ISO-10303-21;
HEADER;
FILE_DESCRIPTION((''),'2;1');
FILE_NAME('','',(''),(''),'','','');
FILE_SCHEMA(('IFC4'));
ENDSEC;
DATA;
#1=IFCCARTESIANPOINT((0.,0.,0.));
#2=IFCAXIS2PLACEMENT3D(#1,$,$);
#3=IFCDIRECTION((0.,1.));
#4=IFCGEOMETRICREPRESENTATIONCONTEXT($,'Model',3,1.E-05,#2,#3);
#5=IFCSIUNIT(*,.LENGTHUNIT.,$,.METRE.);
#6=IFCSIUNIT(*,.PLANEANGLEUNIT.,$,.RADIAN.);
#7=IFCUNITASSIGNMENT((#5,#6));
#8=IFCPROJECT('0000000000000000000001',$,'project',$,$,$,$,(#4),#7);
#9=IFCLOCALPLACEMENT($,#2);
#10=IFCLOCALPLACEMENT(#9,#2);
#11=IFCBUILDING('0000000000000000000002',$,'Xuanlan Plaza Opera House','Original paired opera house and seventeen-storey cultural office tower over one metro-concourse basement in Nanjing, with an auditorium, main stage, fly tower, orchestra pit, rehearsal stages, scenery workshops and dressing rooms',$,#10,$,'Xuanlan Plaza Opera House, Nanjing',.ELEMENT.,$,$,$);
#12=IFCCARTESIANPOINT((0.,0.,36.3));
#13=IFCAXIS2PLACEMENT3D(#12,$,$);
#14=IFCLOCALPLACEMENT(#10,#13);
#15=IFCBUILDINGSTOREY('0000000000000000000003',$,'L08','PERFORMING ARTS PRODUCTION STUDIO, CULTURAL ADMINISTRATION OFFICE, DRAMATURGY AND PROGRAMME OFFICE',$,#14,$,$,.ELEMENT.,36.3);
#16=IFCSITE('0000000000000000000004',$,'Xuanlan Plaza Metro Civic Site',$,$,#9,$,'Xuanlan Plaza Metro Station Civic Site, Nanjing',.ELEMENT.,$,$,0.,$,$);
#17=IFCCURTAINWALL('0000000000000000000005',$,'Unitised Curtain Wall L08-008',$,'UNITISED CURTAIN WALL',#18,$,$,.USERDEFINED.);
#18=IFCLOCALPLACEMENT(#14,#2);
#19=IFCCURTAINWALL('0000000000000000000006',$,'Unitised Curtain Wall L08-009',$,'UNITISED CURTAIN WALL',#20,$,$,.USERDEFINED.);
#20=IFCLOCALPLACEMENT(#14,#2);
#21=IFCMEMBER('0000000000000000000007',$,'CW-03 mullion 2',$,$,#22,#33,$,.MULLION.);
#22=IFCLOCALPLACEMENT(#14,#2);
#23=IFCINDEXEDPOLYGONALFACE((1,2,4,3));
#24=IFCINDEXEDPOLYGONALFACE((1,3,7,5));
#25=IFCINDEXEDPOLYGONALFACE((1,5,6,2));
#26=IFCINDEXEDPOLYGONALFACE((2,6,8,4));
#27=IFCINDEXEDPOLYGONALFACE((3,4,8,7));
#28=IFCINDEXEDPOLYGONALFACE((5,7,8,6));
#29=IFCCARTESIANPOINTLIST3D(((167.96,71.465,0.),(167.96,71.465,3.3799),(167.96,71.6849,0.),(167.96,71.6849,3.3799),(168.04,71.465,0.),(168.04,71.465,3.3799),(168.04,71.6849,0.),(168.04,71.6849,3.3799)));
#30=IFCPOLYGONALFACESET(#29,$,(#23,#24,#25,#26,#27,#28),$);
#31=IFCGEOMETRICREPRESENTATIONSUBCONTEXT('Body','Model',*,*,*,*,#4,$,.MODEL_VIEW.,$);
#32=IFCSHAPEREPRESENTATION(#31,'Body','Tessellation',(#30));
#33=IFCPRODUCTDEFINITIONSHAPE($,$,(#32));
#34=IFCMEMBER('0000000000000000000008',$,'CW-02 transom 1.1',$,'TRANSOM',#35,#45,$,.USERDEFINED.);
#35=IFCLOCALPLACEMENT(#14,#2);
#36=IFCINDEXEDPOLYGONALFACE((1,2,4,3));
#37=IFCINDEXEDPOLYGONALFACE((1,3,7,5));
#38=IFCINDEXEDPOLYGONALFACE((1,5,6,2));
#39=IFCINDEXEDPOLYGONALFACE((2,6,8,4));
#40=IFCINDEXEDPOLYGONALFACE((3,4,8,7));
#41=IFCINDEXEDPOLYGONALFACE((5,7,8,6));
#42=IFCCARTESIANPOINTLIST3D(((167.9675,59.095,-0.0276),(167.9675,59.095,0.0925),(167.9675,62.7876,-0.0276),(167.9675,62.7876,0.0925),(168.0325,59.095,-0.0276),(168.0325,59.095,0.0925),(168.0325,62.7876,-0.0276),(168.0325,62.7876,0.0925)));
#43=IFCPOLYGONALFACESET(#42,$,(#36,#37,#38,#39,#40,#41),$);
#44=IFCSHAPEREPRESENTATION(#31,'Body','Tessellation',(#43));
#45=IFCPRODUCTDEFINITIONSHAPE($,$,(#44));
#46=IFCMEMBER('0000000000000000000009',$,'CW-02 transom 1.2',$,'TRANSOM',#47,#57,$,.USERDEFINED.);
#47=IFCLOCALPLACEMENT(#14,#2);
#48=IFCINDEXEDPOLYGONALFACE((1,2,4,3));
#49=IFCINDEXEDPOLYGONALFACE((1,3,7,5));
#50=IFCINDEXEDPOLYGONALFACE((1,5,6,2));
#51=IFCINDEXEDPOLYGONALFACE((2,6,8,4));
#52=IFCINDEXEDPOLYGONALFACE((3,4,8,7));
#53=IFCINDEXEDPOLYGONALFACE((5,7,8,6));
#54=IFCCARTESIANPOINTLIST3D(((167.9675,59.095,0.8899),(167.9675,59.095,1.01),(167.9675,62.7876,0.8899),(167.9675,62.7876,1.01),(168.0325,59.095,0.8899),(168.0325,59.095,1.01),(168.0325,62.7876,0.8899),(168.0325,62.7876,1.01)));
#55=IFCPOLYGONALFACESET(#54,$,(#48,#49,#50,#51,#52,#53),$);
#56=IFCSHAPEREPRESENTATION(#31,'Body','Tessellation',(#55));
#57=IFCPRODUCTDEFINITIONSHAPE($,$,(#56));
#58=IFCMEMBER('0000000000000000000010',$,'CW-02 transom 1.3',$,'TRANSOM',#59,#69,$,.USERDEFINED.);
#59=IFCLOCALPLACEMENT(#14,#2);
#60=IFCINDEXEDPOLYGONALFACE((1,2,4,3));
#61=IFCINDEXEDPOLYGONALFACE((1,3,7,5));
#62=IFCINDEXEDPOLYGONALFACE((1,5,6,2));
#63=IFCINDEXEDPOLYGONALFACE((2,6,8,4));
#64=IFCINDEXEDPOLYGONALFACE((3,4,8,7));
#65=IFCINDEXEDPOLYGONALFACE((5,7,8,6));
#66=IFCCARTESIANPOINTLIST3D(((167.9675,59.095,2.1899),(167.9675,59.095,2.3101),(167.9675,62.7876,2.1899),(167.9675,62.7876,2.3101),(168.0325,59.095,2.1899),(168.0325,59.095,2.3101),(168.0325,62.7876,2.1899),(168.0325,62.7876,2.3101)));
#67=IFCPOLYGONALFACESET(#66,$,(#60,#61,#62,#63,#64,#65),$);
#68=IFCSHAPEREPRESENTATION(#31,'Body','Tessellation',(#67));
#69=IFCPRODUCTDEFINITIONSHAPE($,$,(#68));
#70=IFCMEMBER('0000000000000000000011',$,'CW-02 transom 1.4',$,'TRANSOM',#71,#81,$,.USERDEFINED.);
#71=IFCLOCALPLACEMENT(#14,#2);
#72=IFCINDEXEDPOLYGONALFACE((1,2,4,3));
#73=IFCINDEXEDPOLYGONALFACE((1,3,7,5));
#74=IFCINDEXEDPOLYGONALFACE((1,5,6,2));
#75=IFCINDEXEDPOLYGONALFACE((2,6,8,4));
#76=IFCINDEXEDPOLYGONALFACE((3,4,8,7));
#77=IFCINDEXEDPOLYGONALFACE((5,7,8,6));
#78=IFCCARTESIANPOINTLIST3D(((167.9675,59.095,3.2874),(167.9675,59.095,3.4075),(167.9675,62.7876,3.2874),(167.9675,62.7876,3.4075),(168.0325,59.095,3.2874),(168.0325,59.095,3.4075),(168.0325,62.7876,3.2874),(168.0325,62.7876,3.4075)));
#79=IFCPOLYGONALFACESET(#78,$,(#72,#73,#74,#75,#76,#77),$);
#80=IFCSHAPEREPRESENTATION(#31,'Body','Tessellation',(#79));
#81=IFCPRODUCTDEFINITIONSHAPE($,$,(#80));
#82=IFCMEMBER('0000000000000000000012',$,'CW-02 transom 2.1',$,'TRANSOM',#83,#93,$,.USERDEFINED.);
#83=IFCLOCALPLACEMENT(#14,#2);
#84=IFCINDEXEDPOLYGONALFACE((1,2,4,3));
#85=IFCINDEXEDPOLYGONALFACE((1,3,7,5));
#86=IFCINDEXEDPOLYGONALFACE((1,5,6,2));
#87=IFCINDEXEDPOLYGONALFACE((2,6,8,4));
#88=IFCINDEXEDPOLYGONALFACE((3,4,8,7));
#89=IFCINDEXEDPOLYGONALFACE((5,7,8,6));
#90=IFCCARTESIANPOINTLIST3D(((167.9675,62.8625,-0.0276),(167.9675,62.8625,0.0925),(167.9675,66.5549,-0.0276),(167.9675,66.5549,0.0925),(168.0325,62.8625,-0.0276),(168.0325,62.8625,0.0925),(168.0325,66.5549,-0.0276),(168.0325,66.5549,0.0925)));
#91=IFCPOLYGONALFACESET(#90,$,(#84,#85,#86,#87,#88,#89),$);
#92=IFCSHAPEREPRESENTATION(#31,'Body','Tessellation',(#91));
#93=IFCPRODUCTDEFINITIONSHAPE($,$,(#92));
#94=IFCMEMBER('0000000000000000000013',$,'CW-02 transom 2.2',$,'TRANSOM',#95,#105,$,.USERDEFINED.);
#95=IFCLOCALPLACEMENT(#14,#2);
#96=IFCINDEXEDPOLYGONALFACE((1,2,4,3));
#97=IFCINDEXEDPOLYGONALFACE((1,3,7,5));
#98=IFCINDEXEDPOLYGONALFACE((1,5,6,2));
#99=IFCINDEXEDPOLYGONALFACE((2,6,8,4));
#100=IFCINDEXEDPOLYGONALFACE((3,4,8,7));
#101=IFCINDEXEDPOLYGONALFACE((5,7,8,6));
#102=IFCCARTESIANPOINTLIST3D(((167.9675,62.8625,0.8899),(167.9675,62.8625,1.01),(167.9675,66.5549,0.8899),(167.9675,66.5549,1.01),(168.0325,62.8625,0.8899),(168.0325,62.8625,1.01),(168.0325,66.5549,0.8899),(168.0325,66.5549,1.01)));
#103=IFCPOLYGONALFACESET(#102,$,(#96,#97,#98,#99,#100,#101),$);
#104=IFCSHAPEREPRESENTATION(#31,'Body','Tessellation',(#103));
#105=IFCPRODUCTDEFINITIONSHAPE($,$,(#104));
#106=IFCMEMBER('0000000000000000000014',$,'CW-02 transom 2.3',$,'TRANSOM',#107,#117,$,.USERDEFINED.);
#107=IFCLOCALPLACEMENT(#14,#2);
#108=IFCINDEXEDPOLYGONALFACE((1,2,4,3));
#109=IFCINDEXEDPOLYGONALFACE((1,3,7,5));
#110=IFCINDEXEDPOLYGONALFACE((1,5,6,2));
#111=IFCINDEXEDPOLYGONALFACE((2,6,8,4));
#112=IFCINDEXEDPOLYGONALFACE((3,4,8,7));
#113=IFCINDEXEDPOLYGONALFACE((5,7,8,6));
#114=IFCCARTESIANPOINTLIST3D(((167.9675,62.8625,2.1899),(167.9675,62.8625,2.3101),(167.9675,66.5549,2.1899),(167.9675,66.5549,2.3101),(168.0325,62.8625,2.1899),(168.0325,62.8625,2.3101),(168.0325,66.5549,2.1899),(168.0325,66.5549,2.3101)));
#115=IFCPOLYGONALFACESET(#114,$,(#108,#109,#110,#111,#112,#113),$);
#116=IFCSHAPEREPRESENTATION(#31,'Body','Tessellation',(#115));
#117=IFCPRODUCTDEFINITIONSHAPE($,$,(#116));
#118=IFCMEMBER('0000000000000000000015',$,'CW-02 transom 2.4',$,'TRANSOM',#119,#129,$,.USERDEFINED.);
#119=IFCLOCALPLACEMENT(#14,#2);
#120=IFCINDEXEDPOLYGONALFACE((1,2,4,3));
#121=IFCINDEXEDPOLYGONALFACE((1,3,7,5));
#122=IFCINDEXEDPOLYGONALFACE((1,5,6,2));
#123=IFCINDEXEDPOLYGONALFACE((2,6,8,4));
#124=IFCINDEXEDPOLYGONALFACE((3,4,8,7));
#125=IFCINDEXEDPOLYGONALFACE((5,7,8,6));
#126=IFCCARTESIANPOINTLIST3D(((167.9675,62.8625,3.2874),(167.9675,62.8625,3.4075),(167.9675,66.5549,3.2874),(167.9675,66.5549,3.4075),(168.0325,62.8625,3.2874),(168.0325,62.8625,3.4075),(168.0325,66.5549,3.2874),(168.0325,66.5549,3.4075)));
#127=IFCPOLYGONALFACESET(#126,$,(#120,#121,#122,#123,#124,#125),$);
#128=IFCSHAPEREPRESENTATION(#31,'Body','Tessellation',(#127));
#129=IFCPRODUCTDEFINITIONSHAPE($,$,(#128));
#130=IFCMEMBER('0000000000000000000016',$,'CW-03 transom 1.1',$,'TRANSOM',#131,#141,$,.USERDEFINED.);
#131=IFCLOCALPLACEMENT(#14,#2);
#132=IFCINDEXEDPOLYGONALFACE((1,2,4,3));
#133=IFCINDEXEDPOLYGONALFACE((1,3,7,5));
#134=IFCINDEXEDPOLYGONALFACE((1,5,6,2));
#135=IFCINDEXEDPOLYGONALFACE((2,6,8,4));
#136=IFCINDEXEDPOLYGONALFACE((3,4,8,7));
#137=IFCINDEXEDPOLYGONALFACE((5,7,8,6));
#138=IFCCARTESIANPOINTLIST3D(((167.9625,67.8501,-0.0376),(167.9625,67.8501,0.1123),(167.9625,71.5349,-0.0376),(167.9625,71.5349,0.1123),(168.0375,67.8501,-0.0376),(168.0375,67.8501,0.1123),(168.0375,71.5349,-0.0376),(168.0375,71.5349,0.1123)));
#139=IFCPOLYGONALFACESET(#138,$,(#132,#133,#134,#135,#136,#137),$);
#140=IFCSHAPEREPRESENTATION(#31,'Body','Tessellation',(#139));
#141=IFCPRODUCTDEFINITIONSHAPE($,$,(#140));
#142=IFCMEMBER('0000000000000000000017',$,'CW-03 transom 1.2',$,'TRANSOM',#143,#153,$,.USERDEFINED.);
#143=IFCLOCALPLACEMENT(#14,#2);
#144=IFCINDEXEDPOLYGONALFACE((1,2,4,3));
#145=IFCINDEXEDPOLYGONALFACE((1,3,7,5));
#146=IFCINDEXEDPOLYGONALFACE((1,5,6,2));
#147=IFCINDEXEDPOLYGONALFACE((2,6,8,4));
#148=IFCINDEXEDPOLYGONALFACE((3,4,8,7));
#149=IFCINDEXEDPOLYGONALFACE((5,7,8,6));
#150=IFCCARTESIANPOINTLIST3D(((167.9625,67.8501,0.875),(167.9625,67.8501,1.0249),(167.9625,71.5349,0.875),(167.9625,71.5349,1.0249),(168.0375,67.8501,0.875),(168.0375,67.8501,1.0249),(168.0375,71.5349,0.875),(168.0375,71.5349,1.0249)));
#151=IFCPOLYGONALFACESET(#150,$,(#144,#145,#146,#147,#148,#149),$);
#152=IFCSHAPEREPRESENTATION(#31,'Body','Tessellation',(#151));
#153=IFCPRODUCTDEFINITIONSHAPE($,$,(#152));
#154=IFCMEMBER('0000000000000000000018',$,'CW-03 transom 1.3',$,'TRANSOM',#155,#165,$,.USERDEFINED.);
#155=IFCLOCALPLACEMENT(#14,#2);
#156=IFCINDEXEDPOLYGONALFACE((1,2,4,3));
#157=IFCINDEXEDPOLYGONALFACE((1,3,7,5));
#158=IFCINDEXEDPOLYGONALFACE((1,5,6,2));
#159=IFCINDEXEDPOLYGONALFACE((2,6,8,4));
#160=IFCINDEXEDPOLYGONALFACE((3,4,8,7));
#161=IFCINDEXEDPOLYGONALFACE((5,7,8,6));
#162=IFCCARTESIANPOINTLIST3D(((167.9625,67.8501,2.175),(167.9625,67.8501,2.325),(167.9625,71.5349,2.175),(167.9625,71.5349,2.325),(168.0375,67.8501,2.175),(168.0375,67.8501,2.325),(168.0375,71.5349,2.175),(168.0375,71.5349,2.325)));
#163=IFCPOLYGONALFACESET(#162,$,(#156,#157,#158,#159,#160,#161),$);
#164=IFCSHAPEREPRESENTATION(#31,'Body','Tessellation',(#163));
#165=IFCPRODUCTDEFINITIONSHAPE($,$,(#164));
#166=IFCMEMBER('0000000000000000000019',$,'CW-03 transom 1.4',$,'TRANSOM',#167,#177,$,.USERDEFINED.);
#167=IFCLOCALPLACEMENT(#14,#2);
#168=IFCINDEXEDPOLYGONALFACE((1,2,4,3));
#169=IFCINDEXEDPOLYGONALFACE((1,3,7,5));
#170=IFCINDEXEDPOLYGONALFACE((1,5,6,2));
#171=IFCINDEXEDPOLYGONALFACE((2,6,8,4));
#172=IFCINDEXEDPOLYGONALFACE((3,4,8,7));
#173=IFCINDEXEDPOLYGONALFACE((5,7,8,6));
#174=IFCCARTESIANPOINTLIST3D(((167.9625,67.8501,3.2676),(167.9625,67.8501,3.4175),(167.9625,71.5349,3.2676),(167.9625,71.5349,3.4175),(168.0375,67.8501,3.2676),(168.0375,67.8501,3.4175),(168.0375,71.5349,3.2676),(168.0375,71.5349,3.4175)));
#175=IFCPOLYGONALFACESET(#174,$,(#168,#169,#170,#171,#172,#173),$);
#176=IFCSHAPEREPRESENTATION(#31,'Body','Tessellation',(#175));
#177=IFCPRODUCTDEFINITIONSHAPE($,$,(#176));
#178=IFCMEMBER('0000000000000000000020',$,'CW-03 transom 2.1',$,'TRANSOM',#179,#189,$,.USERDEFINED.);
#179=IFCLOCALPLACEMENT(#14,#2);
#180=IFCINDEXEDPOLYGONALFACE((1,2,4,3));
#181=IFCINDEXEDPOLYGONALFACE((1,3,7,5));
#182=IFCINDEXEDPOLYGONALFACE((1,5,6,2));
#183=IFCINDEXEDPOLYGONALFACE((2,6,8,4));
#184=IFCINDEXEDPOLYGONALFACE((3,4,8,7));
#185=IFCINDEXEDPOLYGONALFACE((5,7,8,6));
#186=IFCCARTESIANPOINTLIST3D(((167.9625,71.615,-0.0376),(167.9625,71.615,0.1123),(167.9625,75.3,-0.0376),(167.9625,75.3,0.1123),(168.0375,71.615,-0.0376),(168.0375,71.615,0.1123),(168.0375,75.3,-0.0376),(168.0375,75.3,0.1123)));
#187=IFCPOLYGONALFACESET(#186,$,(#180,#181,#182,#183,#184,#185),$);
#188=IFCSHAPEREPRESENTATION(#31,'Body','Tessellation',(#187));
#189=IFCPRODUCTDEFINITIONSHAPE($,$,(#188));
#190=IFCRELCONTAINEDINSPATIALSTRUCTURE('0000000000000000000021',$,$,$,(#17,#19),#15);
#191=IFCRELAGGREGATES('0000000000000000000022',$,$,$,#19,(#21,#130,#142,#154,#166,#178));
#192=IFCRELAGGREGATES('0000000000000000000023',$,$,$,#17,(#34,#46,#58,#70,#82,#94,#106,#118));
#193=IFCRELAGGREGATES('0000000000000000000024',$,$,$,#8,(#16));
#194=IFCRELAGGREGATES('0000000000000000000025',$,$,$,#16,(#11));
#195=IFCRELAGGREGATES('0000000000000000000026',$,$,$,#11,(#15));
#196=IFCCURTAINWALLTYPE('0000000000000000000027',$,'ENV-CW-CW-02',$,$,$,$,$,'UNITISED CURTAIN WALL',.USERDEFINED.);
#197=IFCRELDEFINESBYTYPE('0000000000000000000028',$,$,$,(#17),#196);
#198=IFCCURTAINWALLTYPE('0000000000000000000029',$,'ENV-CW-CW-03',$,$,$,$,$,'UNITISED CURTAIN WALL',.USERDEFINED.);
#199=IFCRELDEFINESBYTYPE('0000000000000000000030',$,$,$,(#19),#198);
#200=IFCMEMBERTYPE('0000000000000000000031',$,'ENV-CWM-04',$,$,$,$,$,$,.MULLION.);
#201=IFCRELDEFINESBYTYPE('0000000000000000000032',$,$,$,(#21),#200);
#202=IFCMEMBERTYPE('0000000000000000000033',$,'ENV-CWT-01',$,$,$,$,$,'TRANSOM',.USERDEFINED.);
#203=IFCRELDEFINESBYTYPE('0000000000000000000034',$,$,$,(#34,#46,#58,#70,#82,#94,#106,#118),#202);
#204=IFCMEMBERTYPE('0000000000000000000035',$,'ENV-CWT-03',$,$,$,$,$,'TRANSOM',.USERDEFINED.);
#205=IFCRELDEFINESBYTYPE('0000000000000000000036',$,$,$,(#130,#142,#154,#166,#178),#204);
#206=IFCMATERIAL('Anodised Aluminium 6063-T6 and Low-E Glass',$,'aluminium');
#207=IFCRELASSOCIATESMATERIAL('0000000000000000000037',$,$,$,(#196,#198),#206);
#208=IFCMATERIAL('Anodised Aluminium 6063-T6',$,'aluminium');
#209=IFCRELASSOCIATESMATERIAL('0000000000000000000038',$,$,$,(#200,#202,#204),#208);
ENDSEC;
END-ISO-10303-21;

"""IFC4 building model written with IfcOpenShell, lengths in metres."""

from ifc_helpers import new_model, si_unit, direction, frame, origin, origin_2d, place, context, subcontext, project, spatial, rectangle, extrude, material, material_profile, profile_set, type_object, element, aggregate, save


model = new_model("IFC4")

# Units and contexts
model_context = context("Model", 3, precision=1e-05, world=origin(), true_north=direction((0.0, 1.0)))
body_context = subcontext(model_context, "Body", "Model", "MODEL_VIEW")
ifc_project = project(units=[si_unit("LENGTHUNIT", "METRE"), si_unit("PLANEANGLEUNIT", "RADIAN")], contexts=[model_context])

# Site, building, storey
site_placement = place(None, origin())
site = spatial("IfcSite", under=ifc_project, at=site_placement, Name="Xuanlan Plaza Metro Civic Site", LongName="Xuanlan Plaza Metro Station Civic Site, Nanjing", CompositionType="ELEMENT", RefElevation=0.0)
building_placement = place(site_placement, origin())
building = spatial("IfcBuilding", under=site, at=building_placement, Name="Xuanlan Plaza Opera House", Description="Original paired opera house and seventeen-storey cultural office tower over one metro-concourse basement in Nanjing, with an auditorium, main stage, fly tower, orchestra pit, rehearsal stages, scenery workshops and dressing rooms", LongName="Xuanlan Plaza Opera House, Nanjing", CompositionType="ELEMENT")
storey_placement = place(building_placement, frame((0.0, 0.0, 36.3)))
storey = spatial("IfcBuildingStorey", under=building, at=storey_placement, Name="L08", Description="PERFORMING ARTS PRODUCTION STUDIO, CULTURAL ADMINISTRATION OFFICE, DRAMATURGY AND PROGRAMME OFFICE", CompositionType="ELEMENT", Elevation=36.3)

# Shared definitions
ifc_material_1 = material(Name="Anodised Aluminium 6063-T6 and Low-E Glass", Category="aluminium")
ifc_material_2 = material(Name="Anodised Aluminium 6063-T6", Category="aluminium")

# Curtain walls, member
curtain_wall_type_1 = type_object("IfcCurtainWallType", Name="ENV-CW-CW-02", ElementType="UNITISED CURTAIN WALL", PredefinedType="USERDEFINED", material=ifc_material_1)
curtain_wall_1_placement = place(storey_placement, origin())
curtain_wall_1 = element("IfcCurtainWall", 1, at=curtain_wall_1_placement, inside=storey, type_object=curtain_wall_type_1, Name="Unitised Curtain Wall L08-008", ObjectType="UNITISED CURTAIN WALL", PredefinedType="USERDEFINED")
curtain_wall_type_2 = type_object("IfcCurtainWallType", Name="ENV-CW-CW-03", ElementType="UNITISED CURTAIN WALL", PredefinedType="USERDEFINED", material=ifc_material_1)
curtain_wall_2_placement = place(storey_placement, origin())
curtain_wall_2 = element("IfcCurtainWall", 2, at=curtain_wall_2_placement, inside=storey, type_object=curtain_wall_type_2, Name="Unitised Curtain Wall L08-009", ObjectType="UNITISED CURTAIN WALL", PredefinedType="USERDEFINED")
ifc_material_profile_1 = material_profile(ifc_material_2, rectangle(XDim=0.0801, YDim=0.22, at=origin_2d()), Name="ALU-M 80x220")
ifc_profile_set_1 = profile_set([ifc_material_profile_1], Name="Anodised Aluminium 6063-T6")
member_type_1 = type_object("IfcMemberType", Name="ENV-CWM-04", PredefinedType="MULLION", material=ifc_profile_set_1)
member_1_placement = place(storey_placement, frame((168.0, 71.575, 0.0), z_axis=(0.0, 0.0, 1.0), x_axis=(-1.0, 0.0, 0.0)))
member_1 = element("IfcMember", 3, at=member_1_placement, type_object=member_type_1, Name="CW-03 mullion 2", PredefinedType="MULLION", context=body_context, shape_type="SweptSolid", body=[
    extrude(rectangle(XDim=0.0801, YDim=0.22, at=origin_2d()), origin(), (0.0, 0.0, 1.0), 3.3799),
])

# Members
ifc_material_profile_2 = material_profile(ifc_material_2, rectangle(XDim=0.0649, YDim=0.1201, at=origin_2d()), Name="ALU-T 65x120")
ifc_profile_set_2 = profile_set([ifc_material_profile_2], Name="Anodised Aluminium 6063-T6")
member_type_2 = type_object("IfcMemberType", Name="ENV-CWT-01", ElementType="TRANSOM", PredefinedType="USERDEFINED", material=ifc_profile_set_2)
member_2_placement = place(storey_placement, frame((168.0, 59.095, 0.0325), z_axis=(0.0, 1.0, 0.0), x_axis=(-1.0, 0.0, 0.0)))
member_2 = element("IfcMember", 4, at=member_2_placement, type_object=member_type_2, Name="CW-02 transom 1.1", ObjectType="TRANSOM", PredefinedType="USERDEFINED", context=body_context, shape_type="SweptSolid", body=[
    extrude(rectangle(XDim=0.0649, YDim=0.1201, at=origin_2d()), origin(), (0.0, 0.0, 1.0), 3.6926),
])
member_3_placement = place(storey_placement, frame((168.0, 59.095, 0.95), z_axis=(0.0, 1.0, 0.0), x_axis=(-1.0, 0.0, 0.0)))
member_3 = element("IfcMember", 5, at=member_3_placement, type_object=member_type_2, Name="CW-02 transom 1.2", ObjectType="TRANSOM", PredefinedType="USERDEFINED", context=body_context, shape_type="SweptSolid", body=[
    extrude(rectangle(XDim=0.0649, YDim=0.1201, at=origin_2d()), origin(), (0.0, 0.0, 1.0), 3.6926),
])
member_4_placement = place(storey_placement, frame((168.0, 59.095, 2.25), z_axis=(0.0, 1.0, 0.0), x_axis=(-1.0, 0.0, 0.0)))
member_4 = element("IfcMember", 6, at=member_4_placement, type_object=member_type_2, Name="CW-02 transom 1.3", ObjectType="TRANSOM", PredefinedType="USERDEFINED", context=body_context, shape_type="SweptSolid", body=[
    extrude(rectangle(XDim=0.0649, YDim=0.1201, at=origin_2d()), origin(), (0.0, 0.0, 1.0), 3.6926),
])
member_5_placement = place(storey_placement, frame((168.0, 59.095, 3.3474), z_axis=(0.0, 1.0, 0.0), x_axis=(-1.0, 0.0, 0.0)))
member_5 = element("IfcMember", 7, at=member_5_placement, type_object=member_type_2, Name="CW-02 transom 1.4", ObjectType="TRANSOM", PredefinedType="USERDEFINED", context=body_context, shape_type="SweptSolid", body=[
    extrude(rectangle(XDim=0.0649, YDim=0.1201, at=origin_2d()), origin(), (0.0, 0.0, 1.0), 3.6926),
])
member_6_placement = place(storey_placement, frame((168.0, 62.8625, 0.0325), z_axis=(0.0, 1.0, 0.0), x_axis=(-1.0, 0.0, 0.0)))
member_6 = element("IfcMember", 8, at=member_6_placement, type_object=member_type_2, Name="CW-02 transom 2.1", ObjectType="TRANSOM", PredefinedType="USERDEFINED", context=body_context, shape_type="SweptSolid", body=[
    extrude(rectangle(XDim=0.0649, YDim=0.1201, at=origin_2d()), origin(), (0.0, 0.0, 1.0), 3.6924),
])
member_7_placement = place(storey_placement, frame((168.0, 62.8625, 0.95), z_axis=(0.0, 1.0, 0.0), x_axis=(-1.0, 0.0, 0.0)))
member_7 = element("IfcMember", 9, at=member_7_placement, type_object=member_type_2, Name="CW-02 transom 2.2", ObjectType="TRANSOM", PredefinedType="USERDEFINED", context=body_context, shape_type="SweptSolid", body=[
    extrude(rectangle(XDim=0.0649, YDim=0.1201, at=origin_2d()), origin(), (0.0, 0.0, 1.0), 3.6924),
])
member_8_placement = place(storey_placement, frame((168.0, 62.8625, 2.25), z_axis=(0.0, 1.0, 0.0), x_axis=(-1.0, 0.0, 0.0)))
member_8 = element("IfcMember", 10, at=member_8_placement, type_object=member_type_2, Name="CW-02 transom 2.3", ObjectType="TRANSOM", PredefinedType="USERDEFINED", context=body_context, shape_type="SweptSolid", body=[
    extrude(rectangle(XDim=0.0649, YDim=0.1201, at=origin_2d()), origin(), (0.0, 0.0, 1.0), 3.6924),
])
member_9_placement = place(storey_placement, frame((168.0, 62.8625, 3.3474), z_axis=(0.0, 1.0, 0.0), x_axis=(-1.0, 0.0, 0.0)))
member_9 = element("IfcMember", 11, at=member_9_placement, type_object=member_type_2, Name="CW-02 transom 2.4", ObjectType="TRANSOM", PredefinedType="USERDEFINED", context=body_context, shape_type="SweptSolid", body=[
    extrude(rectangle(XDim=0.0649, YDim=0.1201, at=origin_2d()), origin(), (0.0, 0.0, 1.0), 3.6924),
])
ifc_material_profile_3 = material_profile(ifc_material_2, rectangle(XDim=0.075, YDim=0.1499, at=origin_2d()), Name="ALU-T 75x150")
ifc_profile_set_3 = profile_set([ifc_material_profile_3], Name="Anodised Aluminium 6063-T6")
member_type_3 = type_object("IfcMemberType", Name="ENV-CWT-03", ElementType="TRANSOM", PredefinedType="USERDEFINED", material=ifc_profile_set_3)
member_10_placement = place(storey_placement, frame((168.0, 67.8501, 0.0374), z_axis=(0.0, 1.0, 0.0), x_axis=(-1.0, 0.0, 0.0)))
member_10 = element("IfcMember", 12, at=member_10_placement, type_object=member_type_3, Name="CW-03 transom 1.1", ObjectType="TRANSOM", PredefinedType="USERDEFINED", context=body_context, shape_type="SweptSolid", body=[
    extrude(rectangle(XDim=0.075, YDim=0.1499, at=origin_2d()), origin(), (0.0, 0.0, 1.0), 3.6848),
])
member_11_placement = place(storey_placement, frame((168.0, 67.8501, 0.95), z_axis=(0.0, 1.0, 0.0), x_axis=(-1.0, 0.0, 0.0)))
member_11 = element("IfcMember", 13, at=member_11_placement, type_object=member_type_3, Name="CW-03 transom 1.2", ObjectType="TRANSOM", PredefinedType="USERDEFINED", context=body_context, shape_type="SweptSolid", body=[
    extrude(rectangle(XDim=0.075, YDim=0.1499, at=origin_2d()), origin(), (0.0, 0.0, 1.0), 3.6848),
])
member_12_placement = place(storey_placement, frame((168.0, 67.8501, 2.25), z_axis=(0.0, 1.0, 0.0), x_axis=(-1.0, 0.0, 0.0)))
member_12 = element("IfcMember", 14, at=member_12_placement, type_object=member_type_3, Name="CW-03 transom 1.3", ObjectType="TRANSOM", PredefinedType="USERDEFINED", context=body_context, shape_type="SweptSolid", body=[
    extrude(rectangle(XDim=0.075, YDim=0.1499, at=origin_2d()), origin(), (0.0, 0.0, 1.0), 3.6848),
])
member_13_placement = place(storey_placement, frame((168.0, 67.8501, 3.3425), z_axis=(0.0, 1.0, 0.0), x_axis=(-1.0, 0.0, 0.0)))
member_13 = element("IfcMember", 15, at=member_13_placement, type_object=member_type_3, Name="CW-03 transom 1.4", ObjectType="TRANSOM", PredefinedType="USERDEFINED", context=body_context, shape_type="SweptSolid", body=[
    extrude(rectangle(XDim=0.075, YDim=0.1499, at=origin_2d()), origin(), (0.0, 0.0, 1.0), 3.6848),
])
member_14_placement = place(storey_placement, frame((168.0, 71.615, 0.0374), z_axis=(0.0, 1.0, 0.0), x_axis=(-1.0, 0.0, 0.0)))
member_14 = element("IfcMember", 16, at=member_14_placement, type_object=member_type_3, Name="CW-03 transom 2.1", ObjectType="TRANSOM", PredefinedType="USERDEFINED", context=body_context, shape_type="SweptSolid", body=[
    extrude(rectangle(XDim=0.075, YDim=0.1499, at=origin_2d()), origin(), (0.0, 0.0, 1.0), 3.6851),
])

aggregate(curtain_wall_2, [member_1, member_10, member_11, member_12, member_13, member_14])
aggregate(curtain_wall_1, [member_2, member_3, member_4, member_5, member_6, member_7, member_8, member_9])

save(model, "model.ifc")
